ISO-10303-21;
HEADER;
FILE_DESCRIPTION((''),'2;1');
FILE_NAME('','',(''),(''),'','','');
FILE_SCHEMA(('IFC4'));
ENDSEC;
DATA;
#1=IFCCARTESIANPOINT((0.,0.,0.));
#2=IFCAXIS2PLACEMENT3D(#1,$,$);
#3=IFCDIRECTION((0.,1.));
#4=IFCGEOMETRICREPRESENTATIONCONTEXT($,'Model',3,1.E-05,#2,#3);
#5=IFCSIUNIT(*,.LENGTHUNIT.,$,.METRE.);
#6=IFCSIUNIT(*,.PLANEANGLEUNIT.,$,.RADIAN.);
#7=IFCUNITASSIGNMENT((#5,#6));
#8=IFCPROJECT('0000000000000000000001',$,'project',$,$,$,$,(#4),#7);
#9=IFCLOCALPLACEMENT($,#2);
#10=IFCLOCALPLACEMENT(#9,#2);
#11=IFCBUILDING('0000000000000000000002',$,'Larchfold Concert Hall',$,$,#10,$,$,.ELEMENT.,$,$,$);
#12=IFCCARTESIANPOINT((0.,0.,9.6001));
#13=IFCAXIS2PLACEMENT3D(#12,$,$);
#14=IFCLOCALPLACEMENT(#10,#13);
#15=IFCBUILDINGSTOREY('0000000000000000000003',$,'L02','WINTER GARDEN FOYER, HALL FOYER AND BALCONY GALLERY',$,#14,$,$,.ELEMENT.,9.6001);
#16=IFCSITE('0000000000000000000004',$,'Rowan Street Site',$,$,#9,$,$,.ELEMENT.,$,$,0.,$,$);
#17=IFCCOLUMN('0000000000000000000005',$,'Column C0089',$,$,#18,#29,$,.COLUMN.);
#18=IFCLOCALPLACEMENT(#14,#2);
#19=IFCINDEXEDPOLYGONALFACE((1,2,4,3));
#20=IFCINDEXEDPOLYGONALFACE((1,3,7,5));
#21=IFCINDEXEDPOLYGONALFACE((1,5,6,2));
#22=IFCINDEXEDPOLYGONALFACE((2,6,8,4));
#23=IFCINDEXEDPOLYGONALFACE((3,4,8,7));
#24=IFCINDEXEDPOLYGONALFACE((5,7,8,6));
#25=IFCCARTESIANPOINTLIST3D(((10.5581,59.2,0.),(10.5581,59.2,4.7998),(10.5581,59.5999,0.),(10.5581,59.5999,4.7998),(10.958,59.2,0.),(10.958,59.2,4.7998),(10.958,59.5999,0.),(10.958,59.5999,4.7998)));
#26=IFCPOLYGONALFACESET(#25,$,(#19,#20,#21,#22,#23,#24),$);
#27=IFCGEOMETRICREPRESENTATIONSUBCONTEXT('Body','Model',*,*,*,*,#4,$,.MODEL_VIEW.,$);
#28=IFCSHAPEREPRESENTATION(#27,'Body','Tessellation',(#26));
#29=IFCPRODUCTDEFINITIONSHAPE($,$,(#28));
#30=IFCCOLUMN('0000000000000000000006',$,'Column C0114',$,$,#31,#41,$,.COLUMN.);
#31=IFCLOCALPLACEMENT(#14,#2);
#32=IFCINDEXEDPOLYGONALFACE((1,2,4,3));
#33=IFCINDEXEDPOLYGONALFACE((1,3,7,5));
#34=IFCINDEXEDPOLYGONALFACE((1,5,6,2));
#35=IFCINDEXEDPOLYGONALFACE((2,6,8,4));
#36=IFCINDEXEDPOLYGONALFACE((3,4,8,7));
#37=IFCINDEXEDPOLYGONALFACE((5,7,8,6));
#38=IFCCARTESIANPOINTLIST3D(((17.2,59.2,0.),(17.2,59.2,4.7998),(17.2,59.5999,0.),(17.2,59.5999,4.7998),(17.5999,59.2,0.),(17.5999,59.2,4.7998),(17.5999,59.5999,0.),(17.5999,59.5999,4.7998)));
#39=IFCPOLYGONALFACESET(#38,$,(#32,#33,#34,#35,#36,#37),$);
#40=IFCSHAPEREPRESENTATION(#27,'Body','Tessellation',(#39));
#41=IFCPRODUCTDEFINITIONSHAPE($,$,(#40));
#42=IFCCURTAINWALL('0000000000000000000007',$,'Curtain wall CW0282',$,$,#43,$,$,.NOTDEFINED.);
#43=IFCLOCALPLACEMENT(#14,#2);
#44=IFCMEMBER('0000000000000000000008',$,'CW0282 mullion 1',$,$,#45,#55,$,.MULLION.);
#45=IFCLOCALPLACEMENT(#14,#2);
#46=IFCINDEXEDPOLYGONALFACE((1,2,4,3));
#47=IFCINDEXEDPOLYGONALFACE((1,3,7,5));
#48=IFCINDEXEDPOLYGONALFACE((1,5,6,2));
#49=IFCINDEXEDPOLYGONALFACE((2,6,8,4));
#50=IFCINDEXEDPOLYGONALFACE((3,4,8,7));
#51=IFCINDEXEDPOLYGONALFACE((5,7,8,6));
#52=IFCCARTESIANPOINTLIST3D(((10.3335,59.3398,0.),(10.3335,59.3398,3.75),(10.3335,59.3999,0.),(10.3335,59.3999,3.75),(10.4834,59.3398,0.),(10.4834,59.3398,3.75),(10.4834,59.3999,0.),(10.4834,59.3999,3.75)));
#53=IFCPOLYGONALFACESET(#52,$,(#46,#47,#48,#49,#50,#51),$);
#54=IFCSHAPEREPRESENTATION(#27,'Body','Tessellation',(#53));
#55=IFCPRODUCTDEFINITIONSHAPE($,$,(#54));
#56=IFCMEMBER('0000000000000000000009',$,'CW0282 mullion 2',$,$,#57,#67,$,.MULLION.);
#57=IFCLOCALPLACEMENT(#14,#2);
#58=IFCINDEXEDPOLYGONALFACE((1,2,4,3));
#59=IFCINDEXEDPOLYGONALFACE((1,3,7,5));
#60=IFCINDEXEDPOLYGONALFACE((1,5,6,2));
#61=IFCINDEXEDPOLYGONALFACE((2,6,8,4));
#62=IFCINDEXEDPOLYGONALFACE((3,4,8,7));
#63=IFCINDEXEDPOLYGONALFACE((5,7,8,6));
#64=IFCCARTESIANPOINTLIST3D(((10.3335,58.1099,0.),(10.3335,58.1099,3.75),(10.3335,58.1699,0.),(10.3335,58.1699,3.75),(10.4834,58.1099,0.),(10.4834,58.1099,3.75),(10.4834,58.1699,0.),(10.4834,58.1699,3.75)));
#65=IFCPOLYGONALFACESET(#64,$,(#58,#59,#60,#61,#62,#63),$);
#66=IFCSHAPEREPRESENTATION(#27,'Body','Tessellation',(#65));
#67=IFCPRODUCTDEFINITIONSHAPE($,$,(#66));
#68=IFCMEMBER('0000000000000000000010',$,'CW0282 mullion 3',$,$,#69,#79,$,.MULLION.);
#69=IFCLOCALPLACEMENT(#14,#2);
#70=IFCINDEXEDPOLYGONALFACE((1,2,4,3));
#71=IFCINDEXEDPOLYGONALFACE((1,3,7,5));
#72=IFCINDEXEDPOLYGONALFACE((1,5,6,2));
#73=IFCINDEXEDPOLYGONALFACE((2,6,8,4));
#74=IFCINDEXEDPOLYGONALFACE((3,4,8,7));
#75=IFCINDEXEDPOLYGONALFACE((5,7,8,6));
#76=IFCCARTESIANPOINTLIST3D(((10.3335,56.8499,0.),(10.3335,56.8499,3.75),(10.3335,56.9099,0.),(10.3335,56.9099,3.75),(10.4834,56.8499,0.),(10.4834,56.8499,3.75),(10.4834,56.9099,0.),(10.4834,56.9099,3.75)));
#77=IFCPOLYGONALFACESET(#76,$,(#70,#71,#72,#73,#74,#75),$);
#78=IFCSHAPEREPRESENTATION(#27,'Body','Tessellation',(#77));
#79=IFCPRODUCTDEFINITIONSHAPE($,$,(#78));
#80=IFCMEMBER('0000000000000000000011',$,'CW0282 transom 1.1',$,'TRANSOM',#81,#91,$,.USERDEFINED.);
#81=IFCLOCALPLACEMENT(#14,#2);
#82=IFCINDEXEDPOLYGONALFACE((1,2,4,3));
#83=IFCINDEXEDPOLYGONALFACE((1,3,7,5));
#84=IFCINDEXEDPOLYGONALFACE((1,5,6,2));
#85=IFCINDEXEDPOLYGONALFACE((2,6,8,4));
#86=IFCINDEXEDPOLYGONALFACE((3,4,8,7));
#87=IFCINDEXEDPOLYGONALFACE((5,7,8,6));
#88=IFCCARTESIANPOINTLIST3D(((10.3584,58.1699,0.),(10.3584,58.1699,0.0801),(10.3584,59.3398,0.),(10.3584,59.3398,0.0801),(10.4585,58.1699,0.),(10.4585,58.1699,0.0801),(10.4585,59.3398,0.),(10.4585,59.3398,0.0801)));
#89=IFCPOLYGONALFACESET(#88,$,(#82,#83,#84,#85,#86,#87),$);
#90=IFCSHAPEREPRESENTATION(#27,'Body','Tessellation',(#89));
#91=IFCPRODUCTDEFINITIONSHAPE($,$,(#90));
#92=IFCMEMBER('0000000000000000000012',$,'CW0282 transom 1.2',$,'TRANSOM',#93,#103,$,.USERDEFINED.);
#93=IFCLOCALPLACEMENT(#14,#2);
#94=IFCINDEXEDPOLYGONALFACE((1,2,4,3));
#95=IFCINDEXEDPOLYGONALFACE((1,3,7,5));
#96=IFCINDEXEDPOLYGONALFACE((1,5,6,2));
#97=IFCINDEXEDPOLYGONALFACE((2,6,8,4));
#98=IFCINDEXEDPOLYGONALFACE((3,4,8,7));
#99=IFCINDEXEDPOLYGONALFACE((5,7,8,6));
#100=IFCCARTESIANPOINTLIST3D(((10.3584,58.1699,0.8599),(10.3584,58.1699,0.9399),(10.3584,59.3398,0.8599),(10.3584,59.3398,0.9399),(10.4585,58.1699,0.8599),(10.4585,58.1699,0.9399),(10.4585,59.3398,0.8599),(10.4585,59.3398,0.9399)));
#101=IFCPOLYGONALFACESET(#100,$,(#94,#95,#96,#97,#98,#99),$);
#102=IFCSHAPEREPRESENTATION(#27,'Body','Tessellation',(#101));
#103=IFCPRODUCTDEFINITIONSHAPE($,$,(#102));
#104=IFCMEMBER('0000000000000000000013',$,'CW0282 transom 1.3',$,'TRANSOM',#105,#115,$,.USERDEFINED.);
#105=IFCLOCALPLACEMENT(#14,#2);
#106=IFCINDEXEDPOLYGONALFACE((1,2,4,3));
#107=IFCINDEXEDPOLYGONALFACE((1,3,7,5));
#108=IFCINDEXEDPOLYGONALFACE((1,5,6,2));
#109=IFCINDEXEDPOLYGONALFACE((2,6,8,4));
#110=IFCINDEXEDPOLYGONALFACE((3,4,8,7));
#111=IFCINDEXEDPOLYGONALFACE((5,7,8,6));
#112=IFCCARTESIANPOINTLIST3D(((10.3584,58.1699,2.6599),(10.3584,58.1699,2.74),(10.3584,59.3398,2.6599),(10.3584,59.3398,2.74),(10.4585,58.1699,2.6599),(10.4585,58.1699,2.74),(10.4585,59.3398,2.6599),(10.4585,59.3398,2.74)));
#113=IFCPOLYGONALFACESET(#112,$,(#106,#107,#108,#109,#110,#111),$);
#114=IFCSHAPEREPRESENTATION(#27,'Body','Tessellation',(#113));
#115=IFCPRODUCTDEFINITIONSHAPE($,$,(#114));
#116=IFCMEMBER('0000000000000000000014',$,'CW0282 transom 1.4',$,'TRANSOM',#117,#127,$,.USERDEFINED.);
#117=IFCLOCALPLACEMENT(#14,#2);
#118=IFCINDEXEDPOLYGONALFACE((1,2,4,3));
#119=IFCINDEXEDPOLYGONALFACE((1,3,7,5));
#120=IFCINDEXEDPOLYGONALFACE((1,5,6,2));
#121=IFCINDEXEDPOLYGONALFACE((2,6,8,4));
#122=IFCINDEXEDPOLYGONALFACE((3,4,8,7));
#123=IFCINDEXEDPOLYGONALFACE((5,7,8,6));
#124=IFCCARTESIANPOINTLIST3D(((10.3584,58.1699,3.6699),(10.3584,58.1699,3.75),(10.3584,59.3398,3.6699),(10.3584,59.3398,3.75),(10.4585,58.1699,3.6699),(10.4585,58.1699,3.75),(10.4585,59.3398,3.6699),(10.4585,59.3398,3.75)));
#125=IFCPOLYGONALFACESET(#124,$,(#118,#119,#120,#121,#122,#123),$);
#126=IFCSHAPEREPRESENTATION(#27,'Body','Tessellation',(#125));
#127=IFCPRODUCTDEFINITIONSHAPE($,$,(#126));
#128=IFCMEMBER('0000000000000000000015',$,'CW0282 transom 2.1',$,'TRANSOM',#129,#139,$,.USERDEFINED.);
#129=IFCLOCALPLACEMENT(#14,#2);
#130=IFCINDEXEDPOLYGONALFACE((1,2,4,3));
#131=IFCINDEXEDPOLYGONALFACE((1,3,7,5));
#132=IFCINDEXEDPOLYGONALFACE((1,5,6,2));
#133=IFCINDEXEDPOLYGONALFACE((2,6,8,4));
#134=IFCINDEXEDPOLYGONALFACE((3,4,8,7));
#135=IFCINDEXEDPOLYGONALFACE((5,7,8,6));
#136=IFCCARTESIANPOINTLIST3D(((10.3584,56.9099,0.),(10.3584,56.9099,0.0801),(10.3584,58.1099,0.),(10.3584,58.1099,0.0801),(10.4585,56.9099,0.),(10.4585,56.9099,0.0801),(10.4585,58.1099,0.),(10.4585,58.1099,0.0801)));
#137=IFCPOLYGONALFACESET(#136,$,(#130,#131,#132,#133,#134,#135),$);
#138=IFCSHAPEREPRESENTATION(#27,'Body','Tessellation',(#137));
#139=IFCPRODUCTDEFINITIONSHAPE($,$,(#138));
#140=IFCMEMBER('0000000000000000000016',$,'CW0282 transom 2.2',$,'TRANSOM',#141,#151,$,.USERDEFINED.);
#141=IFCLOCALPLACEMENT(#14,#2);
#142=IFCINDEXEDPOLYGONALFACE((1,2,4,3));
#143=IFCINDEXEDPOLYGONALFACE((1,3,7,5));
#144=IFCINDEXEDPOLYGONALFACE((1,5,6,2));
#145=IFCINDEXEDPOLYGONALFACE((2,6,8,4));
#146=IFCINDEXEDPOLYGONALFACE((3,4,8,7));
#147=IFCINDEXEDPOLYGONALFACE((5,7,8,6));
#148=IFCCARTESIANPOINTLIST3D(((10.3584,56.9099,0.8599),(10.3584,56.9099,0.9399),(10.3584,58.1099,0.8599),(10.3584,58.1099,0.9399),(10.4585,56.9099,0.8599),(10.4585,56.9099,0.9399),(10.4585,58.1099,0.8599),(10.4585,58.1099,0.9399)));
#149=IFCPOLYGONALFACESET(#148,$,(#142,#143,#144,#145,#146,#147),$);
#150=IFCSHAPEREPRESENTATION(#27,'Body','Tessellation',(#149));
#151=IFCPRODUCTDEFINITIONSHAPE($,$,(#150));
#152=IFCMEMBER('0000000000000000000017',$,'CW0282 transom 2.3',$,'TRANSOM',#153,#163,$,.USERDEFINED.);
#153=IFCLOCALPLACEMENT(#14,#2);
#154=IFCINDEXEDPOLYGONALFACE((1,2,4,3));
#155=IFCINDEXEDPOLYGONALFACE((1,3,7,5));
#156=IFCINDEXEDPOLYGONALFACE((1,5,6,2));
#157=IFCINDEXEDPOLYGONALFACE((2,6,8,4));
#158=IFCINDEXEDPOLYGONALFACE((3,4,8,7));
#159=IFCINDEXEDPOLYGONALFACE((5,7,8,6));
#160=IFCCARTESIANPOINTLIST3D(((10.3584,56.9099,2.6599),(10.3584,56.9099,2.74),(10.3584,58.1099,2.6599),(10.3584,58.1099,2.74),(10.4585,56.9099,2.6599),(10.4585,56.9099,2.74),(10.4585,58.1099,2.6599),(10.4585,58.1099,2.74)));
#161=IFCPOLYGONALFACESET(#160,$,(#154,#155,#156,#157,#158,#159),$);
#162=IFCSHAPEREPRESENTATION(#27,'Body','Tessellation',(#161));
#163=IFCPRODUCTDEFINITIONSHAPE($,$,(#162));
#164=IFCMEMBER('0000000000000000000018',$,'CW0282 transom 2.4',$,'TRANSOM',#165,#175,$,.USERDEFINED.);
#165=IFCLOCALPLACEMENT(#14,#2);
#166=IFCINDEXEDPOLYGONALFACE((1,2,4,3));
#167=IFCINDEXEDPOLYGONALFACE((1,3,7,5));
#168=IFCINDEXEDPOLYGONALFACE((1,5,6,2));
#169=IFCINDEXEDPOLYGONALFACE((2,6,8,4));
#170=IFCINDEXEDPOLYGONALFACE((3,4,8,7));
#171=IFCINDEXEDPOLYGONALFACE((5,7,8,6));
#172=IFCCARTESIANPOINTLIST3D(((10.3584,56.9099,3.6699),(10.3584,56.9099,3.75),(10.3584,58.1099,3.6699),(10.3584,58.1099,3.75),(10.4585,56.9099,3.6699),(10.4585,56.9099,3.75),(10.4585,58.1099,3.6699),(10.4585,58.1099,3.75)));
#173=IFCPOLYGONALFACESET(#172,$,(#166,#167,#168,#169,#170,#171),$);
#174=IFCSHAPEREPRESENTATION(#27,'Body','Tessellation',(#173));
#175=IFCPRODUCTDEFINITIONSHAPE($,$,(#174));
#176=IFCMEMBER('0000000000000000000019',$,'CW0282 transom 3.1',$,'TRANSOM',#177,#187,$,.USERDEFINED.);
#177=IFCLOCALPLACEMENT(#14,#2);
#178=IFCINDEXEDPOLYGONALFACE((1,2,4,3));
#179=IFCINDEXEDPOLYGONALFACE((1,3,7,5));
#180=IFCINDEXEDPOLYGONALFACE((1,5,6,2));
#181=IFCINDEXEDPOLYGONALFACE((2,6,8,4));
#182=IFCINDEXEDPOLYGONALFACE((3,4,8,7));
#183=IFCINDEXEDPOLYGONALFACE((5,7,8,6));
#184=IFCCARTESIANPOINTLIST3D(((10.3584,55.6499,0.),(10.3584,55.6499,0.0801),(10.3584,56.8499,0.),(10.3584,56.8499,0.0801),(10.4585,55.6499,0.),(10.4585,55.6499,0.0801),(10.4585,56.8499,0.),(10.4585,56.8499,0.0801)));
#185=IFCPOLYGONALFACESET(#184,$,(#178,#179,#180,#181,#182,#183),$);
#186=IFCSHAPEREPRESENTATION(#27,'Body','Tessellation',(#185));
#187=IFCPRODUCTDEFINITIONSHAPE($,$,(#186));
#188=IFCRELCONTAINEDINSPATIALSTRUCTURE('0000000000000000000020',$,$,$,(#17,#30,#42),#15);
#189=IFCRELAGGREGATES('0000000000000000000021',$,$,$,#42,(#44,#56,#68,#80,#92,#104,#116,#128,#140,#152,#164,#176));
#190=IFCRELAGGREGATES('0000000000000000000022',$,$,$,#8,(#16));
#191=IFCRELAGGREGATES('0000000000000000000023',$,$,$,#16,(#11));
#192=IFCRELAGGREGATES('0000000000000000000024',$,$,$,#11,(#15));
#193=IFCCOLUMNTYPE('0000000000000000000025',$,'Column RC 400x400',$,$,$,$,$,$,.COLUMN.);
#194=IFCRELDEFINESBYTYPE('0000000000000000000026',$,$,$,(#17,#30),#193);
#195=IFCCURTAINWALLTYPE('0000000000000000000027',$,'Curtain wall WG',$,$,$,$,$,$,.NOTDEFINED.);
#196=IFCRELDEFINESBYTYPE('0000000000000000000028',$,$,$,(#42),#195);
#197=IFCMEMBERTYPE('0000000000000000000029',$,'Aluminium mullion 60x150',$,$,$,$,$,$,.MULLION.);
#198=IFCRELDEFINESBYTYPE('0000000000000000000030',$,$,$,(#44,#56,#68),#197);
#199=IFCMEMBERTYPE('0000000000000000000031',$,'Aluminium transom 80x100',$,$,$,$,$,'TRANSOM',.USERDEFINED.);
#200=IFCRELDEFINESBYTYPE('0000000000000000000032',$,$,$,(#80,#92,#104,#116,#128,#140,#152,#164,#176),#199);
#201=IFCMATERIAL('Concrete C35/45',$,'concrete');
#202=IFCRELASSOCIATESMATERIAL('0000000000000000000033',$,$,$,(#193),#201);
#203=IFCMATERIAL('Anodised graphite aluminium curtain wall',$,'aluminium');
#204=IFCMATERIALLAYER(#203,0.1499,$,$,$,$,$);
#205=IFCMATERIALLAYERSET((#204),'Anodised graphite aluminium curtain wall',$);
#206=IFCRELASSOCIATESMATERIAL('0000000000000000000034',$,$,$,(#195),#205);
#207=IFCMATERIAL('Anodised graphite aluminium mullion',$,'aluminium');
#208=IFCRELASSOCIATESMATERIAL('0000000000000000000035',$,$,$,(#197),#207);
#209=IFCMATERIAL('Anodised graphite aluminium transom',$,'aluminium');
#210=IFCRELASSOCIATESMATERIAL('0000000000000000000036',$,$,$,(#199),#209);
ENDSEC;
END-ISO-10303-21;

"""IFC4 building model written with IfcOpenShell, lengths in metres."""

from ifc_helpers import new_model, si_unit, direction, frame, origin, origin_2d, place, context, subcontext, project, spatial, rectangle, extrude, material, layer, layer_set, material_profile, profile_set, type_object, element, aggregate, save


model = new_model("IFC4")

# Units and contexts
model_context = context("Model", 3, precision=1e-05, world=origin(), true_north=direction((0.0, 1.0)))
body_context = subcontext(model_context, "Body", "Model", "MODEL_VIEW")
ifc_project = project(units=[si_unit("LENGTHUNIT", "METRE"), si_unit("PLANEANGLEUNIT", "RADIAN")], contexts=[model_context])

# Site, building, storey
site_placement = place(None, origin())
site = spatial("IfcSite", under=ifc_project, at=site_placement, Name="Rowan Street Site", CompositionType="ELEMENT", RefElevation=0.0)
building_placement = place(site_placement, origin())
building = spatial("IfcBuilding", under=site, at=building_placement, Name="Larchfold Concert Hall", CompositionType="ELEMENT")
storey_placement = place(building_placement, frame((0.0, 0.0, 9.6001)))
storey = spatial("IfcBuildingStorey", under=building, at=storey_placement, Name="L02", Description="WINTER GARDEN FOYER, HALL FOYER AND BALCONY GALLERY", CompositionType="ELEMENT", Elevation=9.6001)

# Columns
ifc_material_1 = material(Name="Concrete C35/45", Category="concrete")
ifc_material_profile_1 = material_profile(ifc_material_1, rectangle(XDim=0.3999, YDim=0.3999, at=origin_2d()))
ifc_profile_set_1 = profile_set([ifc_material_profile_1], Name="Concrete C35/45")
column_type = type_object("IfcColumnType", Name="Column RC 400x400", PredefinedType="COLUMN", material=ifc_profile_set_1)
for number, where, z_axis, x_axis, name in (
    (1, (10.7581, 59.3999, 0.0), (0.0, 0.0, 1.0), (1.0, 0.0, 0.0), "Column C0089"),
    (2, (17.3999, 59.3999, 0.0), (0.0, 0.0, 1.0), (1.0, 0.0, 0.0), "Column C0114"),
):
    element("IfcColumn", number, at=place(storey_placement, frame(where, z_axis=z_axis, x_axis=x_axis)), inside=storey, type_object=column_type, Name=name, PredefinedType="COLUMN", context=body_context, shape_type="SweptSolid", body=[
        extrude(rectangle(XDim=0.3999, YDim=0.3999, at=origin_2d()), origin(), (0.0, 0.0, 1.0), 4.7998),
    ])

# Curtain wall, members
ifc_material_2 = material(Name="Anodised graphite aluminium curtain wall", Category="aluminium")
ifc_layer_1 = layer(ifc_material_2, 0.1499)
ifc_layer_set_1 = layer_set([ifc_layer_1], Name="Anodised graphite aluminium curtain wall")
curtain_wall_type = type_object("IfcCurtainWallType", Name="Curtain wall WG", PredefinedType="NOTDEFINED", material=ifc_layer_set_1)
curtain_wall_1_placement = place(storey_placement, origin())
curtain_wall_1 = element("IfcCurtainWall", 3, at=curtain_wall_1_placement, inside=storey, type_object=curtain_wall_type, Name="Curtain wall CW0282", PredefinedType="NOTDEFINED")
ifc_material_3 = material(Name="Anodised graphite aluminium mullion", Category="aluminium")
ifc_material_profile_2 = material_profile(ifc_material_3, rectangle(XDim=0.1499, YDim=0.0601, at=origin_2d()))
ifc_profile_set_2 = profile_set([ifc_material_profile_2], Name="Anodised graphite aluminium mullion")
member_type_1 = type_object("IfcMemberType", Name="Aluminium mullion 60x150", PredefinedType="MULLION", material=ifc_profile_set_2)
member_1_placement = place(storey_placement, frame((10.4084, 59.3699, 0.0), z_axis=(0.0, 0.0, 1.0), x_axis=(1.0, 0.0, 0.0)))
member_1 = element("IfcMember", 4, at=member_1_placement, type_object=member_type_1, Name="CW0282 mullion 1", PredefinedType="MULLION", context=body_context, shape_type="SweptSolid", body=[
    extrude(rectangle(XDim=0.1499, YDim=0.0601, at=origin_2d()), origin(), (0.0, 0.0, 1.0), 3.75),
])
member_2_placement = place(storey_placement, frame((10.4084, 58.1399, 0.0), z_axis=(0.0, 0.0, 1.0), x_axis=(1.0, 0.0, 0.0)))
member_2 = element("IfcMember", 5, at=member_2_placement, type_object=member_type_1, Name="CW0282 mullion 2", PredefinedType="MULLION", context=body_context, shape_type="SweptSolid", body=[
    extrude(rectangle(XDim=0.1499, YDim=0.0601, at=origin_2d()), origin(), (0.0, 0.0, 1.0), 3.75),
])
member_3_placement = place(storey_placement, frame((10.4084, 56.8799, 0.0), z_axis=(0.0, 0.0, 1.0), x_axis=(1.0, 0.0, 0.0)))
member_3 = element("IfcMember", 6, at=member_3_placement, type_object=member_type_1, Name="CW0282 mullion 3", PredefinedType="MULLION", context=body_context, shape_type="SweptSolid", body=[
    extrude(rectangle(XDim=0.1499, YDim=0.0601, at=origin_2d()), origin(), (0.0, 0.0, 1.0), 3.75),
])
ifc_material_4 = material(Name="Anodised graphite aluminium transom", Category="aluminium")
ifc_material_profile_3 = material_profile(ifc_material_4, rectangle(XDim=0.1001, YDim=0.0801, at=origin_2d()))
ifc_profile_set_3 = profile_set([ifc_material_profile_3], Name="Anodised graphite aluminium transom")
member_type_2 = type_object("IfcMemberType", Name="Aluminium transom 80x100", ElementType="TRANSOM", PredefinedType="USERDEFINED", material=ifc_profile_set_3)
member_4_placement = place(storey_placement, frame((10.4084, 59.3398, 0.04), z_axis=(0.0, -1.0, 0.0), x_axis=(1.0, 0.0, 0.0)))
member_4 = element("IfcMember", 7, at=member_4_placement, type_object=member_type_2, Name="CW0282 transom 1.1", ObjectType="TRANSOM", PredefinedType="USERDEFINED", context=body_context, shape_type="SweptSolid", body=[
    extrude(rectangle(XDim=0.1001, YDim=0.0801, at=origin_2d()), origin(), (0.0, 0.0, 1.0), 1.1699),
])
member_5_placement = place(storey_placement, frame((10.4084, 59.3398, 0.8999), z_axis=(0.0, -1.0, 0.0), x_axis=(1.0, 0.0, 0.0)))
member_5 = element("IfcMember", 8, at=member_5_placement, type_object=member_type_2, Name="CW0282 transom 1.2", ObjectType="TRANSOM", PredefinedType="USERDEFINED", context=body_context, shape_type="SweptSolid", body=[
    extrude(rectangle(XDim=0.1001, YDim=0.0801, at=origin_2d()), origin(), (0.0, 0.0, 1.0), 1.1699),
])
member_6_placement = place(storey_placement, frame((10.4084, 59.3398, 2.7), z_axis=(0.0, -1.0, 0.0), x_axis=(1.0, 0.0, 0.0)))
member_6 = element("IfcMember", 9, at=member_6_placement, type_object=member_type_2, Name="CW0282 transom 1.3", ObjectType="TRANSOM", PredefinedType="USERDEFINED", context=body_context, shape_type="SweptSolid", body=[
    extrude(rectangle(XDim=0.1001, YDim=0.0801, at=origin_2d()), origin(), (0.0, 0.0, 1.0), 1.1699),
])
member_7_placement = place(storey_placement, frame((10.4084, 59.3398, 3.71), z_axis=(0.0, -1.0, 0.0), x_axis=(1.0, 0.0, 0.0)))
member_7 = element("IfcMember", 10, at=member_7_placement, type_object=member_type_2, Name="CW0282 transom 1.4", ObjectType="TRANSOM", PredefinedType="USERDEFINED", context=body_context, shape_type="SweptSolid", body=[
    extrude(rectangle(XDim=0.1001, YDim=0.0801, at=origin_2d()), origin(), (0.0, 0.0, 1.0), 1.1699),
])
member_8_placement = place(storey_placement, frame((10.4084, 58.1099, 0.04), z_axis=(0.0, -1.0, 0.0), x_axis=(1.0, 0.0, 0.0)))
member_8 = element("IfcMember", 11, at=member_8_placement, type_object=member_type_2, Name="CW0282 transom 2.1", ObjectType="TRANSOM", PredefinedType="USERDEFINED", context=body_context, shape_type="SweptSolid", body=[
    extrude(rectangle(XDim=0.1001, YDim=0.0801, at=origin_2d()), origin(), (0.0, 0.0, 1.0), 1.2),
])
member_9_placement = place(storey_placement, frame((10.4084, 58.1099, 0.8999), z_axis=(0.0, -1.0, 0.0), x_axis=(1.0, 0.0, 0.0)))
member_9 = element("IfcMember", 12, at=member_9_placement, type_object=member_type_2, Name="CW0282 transom 2.2", ObjectType="TRANSOM", PredefinedType="USERDEFINED", context=body_context, shape_type="SweptSolid", body=[
    extrude(rectangle(XDim=0.1001, YDim=0.0801, at=origin_2d()), origin(), (0.0, 0.0, 1.0), 1.2),
])
member_10_placement = place(storey_placement, frame((10.4084, 58.1099, 2.7), z_axis=(0.0, -1.0, 0.0), x_axis=(1.0, 0.0, 0.0)))
member_10 = element("IfcMember", 13, at=member_10_placement, type_object=member_type_2, Name="CW0282 transom 2.3", ObjectType="TRANSOM", PredefinedType="USERDEFINED", context=body_context, shape_type="SweptSolid", body=[
    extrude(rectangle(XDim=0.1001, YDim=0.0801, at=origin_2d()), origin(), (0.0, 0.0, 1.0), 1.2),
])
member_11_placement = place(storey_placement, frame((10.4084, 58.1099, 3.71), z_axis=(0.0, -1.0, 0.0), x_axis=(1.0, 0.0, 0.0)))
member_11 = element("IfcMember", 14, at=member_11_placement, type_object=member_type_2, Name="CW0282 transom 2.4", ObjectType="TRANSOM", PredefinedType="USERDEFINED", context=body_context, shape_type="SweptSolid", body=[
    extrude(rectangle(XDim=0.1001, YDim=0.0801, at=origin_2d()), origin(), (0.0, 0.0, 1.0), 1.2),
])
member_12_placement = place(storey_placement, frame((10.4084, 56.8499, 0.04), z_axis=(0.0, -1.0, 0.0), x_axis=(1.0, 0.0, 0.0)))
member_12 = element("IfcMember", 15, at=member_12_placement, type_object=member_type_2, Name="CW0282 transom 3.1", ObjectType="TRANSOM", PredefinedType="USERDEFINED", context=body_context, shape_type="SweptSolid", body=[
    extrude(rectangle(XDim=0.1001, YDim=0.0801, at=origin_2d()), origin(), (0.0, 0.0, 1.0), 1.2),
])

aggregate(curtain_wall_1, [member_1, member_2, member_3, member_4, member_5, member_6, member_7, member_8, member_9, member_10, member_11, member_12])

save(model, "model.ifc")
